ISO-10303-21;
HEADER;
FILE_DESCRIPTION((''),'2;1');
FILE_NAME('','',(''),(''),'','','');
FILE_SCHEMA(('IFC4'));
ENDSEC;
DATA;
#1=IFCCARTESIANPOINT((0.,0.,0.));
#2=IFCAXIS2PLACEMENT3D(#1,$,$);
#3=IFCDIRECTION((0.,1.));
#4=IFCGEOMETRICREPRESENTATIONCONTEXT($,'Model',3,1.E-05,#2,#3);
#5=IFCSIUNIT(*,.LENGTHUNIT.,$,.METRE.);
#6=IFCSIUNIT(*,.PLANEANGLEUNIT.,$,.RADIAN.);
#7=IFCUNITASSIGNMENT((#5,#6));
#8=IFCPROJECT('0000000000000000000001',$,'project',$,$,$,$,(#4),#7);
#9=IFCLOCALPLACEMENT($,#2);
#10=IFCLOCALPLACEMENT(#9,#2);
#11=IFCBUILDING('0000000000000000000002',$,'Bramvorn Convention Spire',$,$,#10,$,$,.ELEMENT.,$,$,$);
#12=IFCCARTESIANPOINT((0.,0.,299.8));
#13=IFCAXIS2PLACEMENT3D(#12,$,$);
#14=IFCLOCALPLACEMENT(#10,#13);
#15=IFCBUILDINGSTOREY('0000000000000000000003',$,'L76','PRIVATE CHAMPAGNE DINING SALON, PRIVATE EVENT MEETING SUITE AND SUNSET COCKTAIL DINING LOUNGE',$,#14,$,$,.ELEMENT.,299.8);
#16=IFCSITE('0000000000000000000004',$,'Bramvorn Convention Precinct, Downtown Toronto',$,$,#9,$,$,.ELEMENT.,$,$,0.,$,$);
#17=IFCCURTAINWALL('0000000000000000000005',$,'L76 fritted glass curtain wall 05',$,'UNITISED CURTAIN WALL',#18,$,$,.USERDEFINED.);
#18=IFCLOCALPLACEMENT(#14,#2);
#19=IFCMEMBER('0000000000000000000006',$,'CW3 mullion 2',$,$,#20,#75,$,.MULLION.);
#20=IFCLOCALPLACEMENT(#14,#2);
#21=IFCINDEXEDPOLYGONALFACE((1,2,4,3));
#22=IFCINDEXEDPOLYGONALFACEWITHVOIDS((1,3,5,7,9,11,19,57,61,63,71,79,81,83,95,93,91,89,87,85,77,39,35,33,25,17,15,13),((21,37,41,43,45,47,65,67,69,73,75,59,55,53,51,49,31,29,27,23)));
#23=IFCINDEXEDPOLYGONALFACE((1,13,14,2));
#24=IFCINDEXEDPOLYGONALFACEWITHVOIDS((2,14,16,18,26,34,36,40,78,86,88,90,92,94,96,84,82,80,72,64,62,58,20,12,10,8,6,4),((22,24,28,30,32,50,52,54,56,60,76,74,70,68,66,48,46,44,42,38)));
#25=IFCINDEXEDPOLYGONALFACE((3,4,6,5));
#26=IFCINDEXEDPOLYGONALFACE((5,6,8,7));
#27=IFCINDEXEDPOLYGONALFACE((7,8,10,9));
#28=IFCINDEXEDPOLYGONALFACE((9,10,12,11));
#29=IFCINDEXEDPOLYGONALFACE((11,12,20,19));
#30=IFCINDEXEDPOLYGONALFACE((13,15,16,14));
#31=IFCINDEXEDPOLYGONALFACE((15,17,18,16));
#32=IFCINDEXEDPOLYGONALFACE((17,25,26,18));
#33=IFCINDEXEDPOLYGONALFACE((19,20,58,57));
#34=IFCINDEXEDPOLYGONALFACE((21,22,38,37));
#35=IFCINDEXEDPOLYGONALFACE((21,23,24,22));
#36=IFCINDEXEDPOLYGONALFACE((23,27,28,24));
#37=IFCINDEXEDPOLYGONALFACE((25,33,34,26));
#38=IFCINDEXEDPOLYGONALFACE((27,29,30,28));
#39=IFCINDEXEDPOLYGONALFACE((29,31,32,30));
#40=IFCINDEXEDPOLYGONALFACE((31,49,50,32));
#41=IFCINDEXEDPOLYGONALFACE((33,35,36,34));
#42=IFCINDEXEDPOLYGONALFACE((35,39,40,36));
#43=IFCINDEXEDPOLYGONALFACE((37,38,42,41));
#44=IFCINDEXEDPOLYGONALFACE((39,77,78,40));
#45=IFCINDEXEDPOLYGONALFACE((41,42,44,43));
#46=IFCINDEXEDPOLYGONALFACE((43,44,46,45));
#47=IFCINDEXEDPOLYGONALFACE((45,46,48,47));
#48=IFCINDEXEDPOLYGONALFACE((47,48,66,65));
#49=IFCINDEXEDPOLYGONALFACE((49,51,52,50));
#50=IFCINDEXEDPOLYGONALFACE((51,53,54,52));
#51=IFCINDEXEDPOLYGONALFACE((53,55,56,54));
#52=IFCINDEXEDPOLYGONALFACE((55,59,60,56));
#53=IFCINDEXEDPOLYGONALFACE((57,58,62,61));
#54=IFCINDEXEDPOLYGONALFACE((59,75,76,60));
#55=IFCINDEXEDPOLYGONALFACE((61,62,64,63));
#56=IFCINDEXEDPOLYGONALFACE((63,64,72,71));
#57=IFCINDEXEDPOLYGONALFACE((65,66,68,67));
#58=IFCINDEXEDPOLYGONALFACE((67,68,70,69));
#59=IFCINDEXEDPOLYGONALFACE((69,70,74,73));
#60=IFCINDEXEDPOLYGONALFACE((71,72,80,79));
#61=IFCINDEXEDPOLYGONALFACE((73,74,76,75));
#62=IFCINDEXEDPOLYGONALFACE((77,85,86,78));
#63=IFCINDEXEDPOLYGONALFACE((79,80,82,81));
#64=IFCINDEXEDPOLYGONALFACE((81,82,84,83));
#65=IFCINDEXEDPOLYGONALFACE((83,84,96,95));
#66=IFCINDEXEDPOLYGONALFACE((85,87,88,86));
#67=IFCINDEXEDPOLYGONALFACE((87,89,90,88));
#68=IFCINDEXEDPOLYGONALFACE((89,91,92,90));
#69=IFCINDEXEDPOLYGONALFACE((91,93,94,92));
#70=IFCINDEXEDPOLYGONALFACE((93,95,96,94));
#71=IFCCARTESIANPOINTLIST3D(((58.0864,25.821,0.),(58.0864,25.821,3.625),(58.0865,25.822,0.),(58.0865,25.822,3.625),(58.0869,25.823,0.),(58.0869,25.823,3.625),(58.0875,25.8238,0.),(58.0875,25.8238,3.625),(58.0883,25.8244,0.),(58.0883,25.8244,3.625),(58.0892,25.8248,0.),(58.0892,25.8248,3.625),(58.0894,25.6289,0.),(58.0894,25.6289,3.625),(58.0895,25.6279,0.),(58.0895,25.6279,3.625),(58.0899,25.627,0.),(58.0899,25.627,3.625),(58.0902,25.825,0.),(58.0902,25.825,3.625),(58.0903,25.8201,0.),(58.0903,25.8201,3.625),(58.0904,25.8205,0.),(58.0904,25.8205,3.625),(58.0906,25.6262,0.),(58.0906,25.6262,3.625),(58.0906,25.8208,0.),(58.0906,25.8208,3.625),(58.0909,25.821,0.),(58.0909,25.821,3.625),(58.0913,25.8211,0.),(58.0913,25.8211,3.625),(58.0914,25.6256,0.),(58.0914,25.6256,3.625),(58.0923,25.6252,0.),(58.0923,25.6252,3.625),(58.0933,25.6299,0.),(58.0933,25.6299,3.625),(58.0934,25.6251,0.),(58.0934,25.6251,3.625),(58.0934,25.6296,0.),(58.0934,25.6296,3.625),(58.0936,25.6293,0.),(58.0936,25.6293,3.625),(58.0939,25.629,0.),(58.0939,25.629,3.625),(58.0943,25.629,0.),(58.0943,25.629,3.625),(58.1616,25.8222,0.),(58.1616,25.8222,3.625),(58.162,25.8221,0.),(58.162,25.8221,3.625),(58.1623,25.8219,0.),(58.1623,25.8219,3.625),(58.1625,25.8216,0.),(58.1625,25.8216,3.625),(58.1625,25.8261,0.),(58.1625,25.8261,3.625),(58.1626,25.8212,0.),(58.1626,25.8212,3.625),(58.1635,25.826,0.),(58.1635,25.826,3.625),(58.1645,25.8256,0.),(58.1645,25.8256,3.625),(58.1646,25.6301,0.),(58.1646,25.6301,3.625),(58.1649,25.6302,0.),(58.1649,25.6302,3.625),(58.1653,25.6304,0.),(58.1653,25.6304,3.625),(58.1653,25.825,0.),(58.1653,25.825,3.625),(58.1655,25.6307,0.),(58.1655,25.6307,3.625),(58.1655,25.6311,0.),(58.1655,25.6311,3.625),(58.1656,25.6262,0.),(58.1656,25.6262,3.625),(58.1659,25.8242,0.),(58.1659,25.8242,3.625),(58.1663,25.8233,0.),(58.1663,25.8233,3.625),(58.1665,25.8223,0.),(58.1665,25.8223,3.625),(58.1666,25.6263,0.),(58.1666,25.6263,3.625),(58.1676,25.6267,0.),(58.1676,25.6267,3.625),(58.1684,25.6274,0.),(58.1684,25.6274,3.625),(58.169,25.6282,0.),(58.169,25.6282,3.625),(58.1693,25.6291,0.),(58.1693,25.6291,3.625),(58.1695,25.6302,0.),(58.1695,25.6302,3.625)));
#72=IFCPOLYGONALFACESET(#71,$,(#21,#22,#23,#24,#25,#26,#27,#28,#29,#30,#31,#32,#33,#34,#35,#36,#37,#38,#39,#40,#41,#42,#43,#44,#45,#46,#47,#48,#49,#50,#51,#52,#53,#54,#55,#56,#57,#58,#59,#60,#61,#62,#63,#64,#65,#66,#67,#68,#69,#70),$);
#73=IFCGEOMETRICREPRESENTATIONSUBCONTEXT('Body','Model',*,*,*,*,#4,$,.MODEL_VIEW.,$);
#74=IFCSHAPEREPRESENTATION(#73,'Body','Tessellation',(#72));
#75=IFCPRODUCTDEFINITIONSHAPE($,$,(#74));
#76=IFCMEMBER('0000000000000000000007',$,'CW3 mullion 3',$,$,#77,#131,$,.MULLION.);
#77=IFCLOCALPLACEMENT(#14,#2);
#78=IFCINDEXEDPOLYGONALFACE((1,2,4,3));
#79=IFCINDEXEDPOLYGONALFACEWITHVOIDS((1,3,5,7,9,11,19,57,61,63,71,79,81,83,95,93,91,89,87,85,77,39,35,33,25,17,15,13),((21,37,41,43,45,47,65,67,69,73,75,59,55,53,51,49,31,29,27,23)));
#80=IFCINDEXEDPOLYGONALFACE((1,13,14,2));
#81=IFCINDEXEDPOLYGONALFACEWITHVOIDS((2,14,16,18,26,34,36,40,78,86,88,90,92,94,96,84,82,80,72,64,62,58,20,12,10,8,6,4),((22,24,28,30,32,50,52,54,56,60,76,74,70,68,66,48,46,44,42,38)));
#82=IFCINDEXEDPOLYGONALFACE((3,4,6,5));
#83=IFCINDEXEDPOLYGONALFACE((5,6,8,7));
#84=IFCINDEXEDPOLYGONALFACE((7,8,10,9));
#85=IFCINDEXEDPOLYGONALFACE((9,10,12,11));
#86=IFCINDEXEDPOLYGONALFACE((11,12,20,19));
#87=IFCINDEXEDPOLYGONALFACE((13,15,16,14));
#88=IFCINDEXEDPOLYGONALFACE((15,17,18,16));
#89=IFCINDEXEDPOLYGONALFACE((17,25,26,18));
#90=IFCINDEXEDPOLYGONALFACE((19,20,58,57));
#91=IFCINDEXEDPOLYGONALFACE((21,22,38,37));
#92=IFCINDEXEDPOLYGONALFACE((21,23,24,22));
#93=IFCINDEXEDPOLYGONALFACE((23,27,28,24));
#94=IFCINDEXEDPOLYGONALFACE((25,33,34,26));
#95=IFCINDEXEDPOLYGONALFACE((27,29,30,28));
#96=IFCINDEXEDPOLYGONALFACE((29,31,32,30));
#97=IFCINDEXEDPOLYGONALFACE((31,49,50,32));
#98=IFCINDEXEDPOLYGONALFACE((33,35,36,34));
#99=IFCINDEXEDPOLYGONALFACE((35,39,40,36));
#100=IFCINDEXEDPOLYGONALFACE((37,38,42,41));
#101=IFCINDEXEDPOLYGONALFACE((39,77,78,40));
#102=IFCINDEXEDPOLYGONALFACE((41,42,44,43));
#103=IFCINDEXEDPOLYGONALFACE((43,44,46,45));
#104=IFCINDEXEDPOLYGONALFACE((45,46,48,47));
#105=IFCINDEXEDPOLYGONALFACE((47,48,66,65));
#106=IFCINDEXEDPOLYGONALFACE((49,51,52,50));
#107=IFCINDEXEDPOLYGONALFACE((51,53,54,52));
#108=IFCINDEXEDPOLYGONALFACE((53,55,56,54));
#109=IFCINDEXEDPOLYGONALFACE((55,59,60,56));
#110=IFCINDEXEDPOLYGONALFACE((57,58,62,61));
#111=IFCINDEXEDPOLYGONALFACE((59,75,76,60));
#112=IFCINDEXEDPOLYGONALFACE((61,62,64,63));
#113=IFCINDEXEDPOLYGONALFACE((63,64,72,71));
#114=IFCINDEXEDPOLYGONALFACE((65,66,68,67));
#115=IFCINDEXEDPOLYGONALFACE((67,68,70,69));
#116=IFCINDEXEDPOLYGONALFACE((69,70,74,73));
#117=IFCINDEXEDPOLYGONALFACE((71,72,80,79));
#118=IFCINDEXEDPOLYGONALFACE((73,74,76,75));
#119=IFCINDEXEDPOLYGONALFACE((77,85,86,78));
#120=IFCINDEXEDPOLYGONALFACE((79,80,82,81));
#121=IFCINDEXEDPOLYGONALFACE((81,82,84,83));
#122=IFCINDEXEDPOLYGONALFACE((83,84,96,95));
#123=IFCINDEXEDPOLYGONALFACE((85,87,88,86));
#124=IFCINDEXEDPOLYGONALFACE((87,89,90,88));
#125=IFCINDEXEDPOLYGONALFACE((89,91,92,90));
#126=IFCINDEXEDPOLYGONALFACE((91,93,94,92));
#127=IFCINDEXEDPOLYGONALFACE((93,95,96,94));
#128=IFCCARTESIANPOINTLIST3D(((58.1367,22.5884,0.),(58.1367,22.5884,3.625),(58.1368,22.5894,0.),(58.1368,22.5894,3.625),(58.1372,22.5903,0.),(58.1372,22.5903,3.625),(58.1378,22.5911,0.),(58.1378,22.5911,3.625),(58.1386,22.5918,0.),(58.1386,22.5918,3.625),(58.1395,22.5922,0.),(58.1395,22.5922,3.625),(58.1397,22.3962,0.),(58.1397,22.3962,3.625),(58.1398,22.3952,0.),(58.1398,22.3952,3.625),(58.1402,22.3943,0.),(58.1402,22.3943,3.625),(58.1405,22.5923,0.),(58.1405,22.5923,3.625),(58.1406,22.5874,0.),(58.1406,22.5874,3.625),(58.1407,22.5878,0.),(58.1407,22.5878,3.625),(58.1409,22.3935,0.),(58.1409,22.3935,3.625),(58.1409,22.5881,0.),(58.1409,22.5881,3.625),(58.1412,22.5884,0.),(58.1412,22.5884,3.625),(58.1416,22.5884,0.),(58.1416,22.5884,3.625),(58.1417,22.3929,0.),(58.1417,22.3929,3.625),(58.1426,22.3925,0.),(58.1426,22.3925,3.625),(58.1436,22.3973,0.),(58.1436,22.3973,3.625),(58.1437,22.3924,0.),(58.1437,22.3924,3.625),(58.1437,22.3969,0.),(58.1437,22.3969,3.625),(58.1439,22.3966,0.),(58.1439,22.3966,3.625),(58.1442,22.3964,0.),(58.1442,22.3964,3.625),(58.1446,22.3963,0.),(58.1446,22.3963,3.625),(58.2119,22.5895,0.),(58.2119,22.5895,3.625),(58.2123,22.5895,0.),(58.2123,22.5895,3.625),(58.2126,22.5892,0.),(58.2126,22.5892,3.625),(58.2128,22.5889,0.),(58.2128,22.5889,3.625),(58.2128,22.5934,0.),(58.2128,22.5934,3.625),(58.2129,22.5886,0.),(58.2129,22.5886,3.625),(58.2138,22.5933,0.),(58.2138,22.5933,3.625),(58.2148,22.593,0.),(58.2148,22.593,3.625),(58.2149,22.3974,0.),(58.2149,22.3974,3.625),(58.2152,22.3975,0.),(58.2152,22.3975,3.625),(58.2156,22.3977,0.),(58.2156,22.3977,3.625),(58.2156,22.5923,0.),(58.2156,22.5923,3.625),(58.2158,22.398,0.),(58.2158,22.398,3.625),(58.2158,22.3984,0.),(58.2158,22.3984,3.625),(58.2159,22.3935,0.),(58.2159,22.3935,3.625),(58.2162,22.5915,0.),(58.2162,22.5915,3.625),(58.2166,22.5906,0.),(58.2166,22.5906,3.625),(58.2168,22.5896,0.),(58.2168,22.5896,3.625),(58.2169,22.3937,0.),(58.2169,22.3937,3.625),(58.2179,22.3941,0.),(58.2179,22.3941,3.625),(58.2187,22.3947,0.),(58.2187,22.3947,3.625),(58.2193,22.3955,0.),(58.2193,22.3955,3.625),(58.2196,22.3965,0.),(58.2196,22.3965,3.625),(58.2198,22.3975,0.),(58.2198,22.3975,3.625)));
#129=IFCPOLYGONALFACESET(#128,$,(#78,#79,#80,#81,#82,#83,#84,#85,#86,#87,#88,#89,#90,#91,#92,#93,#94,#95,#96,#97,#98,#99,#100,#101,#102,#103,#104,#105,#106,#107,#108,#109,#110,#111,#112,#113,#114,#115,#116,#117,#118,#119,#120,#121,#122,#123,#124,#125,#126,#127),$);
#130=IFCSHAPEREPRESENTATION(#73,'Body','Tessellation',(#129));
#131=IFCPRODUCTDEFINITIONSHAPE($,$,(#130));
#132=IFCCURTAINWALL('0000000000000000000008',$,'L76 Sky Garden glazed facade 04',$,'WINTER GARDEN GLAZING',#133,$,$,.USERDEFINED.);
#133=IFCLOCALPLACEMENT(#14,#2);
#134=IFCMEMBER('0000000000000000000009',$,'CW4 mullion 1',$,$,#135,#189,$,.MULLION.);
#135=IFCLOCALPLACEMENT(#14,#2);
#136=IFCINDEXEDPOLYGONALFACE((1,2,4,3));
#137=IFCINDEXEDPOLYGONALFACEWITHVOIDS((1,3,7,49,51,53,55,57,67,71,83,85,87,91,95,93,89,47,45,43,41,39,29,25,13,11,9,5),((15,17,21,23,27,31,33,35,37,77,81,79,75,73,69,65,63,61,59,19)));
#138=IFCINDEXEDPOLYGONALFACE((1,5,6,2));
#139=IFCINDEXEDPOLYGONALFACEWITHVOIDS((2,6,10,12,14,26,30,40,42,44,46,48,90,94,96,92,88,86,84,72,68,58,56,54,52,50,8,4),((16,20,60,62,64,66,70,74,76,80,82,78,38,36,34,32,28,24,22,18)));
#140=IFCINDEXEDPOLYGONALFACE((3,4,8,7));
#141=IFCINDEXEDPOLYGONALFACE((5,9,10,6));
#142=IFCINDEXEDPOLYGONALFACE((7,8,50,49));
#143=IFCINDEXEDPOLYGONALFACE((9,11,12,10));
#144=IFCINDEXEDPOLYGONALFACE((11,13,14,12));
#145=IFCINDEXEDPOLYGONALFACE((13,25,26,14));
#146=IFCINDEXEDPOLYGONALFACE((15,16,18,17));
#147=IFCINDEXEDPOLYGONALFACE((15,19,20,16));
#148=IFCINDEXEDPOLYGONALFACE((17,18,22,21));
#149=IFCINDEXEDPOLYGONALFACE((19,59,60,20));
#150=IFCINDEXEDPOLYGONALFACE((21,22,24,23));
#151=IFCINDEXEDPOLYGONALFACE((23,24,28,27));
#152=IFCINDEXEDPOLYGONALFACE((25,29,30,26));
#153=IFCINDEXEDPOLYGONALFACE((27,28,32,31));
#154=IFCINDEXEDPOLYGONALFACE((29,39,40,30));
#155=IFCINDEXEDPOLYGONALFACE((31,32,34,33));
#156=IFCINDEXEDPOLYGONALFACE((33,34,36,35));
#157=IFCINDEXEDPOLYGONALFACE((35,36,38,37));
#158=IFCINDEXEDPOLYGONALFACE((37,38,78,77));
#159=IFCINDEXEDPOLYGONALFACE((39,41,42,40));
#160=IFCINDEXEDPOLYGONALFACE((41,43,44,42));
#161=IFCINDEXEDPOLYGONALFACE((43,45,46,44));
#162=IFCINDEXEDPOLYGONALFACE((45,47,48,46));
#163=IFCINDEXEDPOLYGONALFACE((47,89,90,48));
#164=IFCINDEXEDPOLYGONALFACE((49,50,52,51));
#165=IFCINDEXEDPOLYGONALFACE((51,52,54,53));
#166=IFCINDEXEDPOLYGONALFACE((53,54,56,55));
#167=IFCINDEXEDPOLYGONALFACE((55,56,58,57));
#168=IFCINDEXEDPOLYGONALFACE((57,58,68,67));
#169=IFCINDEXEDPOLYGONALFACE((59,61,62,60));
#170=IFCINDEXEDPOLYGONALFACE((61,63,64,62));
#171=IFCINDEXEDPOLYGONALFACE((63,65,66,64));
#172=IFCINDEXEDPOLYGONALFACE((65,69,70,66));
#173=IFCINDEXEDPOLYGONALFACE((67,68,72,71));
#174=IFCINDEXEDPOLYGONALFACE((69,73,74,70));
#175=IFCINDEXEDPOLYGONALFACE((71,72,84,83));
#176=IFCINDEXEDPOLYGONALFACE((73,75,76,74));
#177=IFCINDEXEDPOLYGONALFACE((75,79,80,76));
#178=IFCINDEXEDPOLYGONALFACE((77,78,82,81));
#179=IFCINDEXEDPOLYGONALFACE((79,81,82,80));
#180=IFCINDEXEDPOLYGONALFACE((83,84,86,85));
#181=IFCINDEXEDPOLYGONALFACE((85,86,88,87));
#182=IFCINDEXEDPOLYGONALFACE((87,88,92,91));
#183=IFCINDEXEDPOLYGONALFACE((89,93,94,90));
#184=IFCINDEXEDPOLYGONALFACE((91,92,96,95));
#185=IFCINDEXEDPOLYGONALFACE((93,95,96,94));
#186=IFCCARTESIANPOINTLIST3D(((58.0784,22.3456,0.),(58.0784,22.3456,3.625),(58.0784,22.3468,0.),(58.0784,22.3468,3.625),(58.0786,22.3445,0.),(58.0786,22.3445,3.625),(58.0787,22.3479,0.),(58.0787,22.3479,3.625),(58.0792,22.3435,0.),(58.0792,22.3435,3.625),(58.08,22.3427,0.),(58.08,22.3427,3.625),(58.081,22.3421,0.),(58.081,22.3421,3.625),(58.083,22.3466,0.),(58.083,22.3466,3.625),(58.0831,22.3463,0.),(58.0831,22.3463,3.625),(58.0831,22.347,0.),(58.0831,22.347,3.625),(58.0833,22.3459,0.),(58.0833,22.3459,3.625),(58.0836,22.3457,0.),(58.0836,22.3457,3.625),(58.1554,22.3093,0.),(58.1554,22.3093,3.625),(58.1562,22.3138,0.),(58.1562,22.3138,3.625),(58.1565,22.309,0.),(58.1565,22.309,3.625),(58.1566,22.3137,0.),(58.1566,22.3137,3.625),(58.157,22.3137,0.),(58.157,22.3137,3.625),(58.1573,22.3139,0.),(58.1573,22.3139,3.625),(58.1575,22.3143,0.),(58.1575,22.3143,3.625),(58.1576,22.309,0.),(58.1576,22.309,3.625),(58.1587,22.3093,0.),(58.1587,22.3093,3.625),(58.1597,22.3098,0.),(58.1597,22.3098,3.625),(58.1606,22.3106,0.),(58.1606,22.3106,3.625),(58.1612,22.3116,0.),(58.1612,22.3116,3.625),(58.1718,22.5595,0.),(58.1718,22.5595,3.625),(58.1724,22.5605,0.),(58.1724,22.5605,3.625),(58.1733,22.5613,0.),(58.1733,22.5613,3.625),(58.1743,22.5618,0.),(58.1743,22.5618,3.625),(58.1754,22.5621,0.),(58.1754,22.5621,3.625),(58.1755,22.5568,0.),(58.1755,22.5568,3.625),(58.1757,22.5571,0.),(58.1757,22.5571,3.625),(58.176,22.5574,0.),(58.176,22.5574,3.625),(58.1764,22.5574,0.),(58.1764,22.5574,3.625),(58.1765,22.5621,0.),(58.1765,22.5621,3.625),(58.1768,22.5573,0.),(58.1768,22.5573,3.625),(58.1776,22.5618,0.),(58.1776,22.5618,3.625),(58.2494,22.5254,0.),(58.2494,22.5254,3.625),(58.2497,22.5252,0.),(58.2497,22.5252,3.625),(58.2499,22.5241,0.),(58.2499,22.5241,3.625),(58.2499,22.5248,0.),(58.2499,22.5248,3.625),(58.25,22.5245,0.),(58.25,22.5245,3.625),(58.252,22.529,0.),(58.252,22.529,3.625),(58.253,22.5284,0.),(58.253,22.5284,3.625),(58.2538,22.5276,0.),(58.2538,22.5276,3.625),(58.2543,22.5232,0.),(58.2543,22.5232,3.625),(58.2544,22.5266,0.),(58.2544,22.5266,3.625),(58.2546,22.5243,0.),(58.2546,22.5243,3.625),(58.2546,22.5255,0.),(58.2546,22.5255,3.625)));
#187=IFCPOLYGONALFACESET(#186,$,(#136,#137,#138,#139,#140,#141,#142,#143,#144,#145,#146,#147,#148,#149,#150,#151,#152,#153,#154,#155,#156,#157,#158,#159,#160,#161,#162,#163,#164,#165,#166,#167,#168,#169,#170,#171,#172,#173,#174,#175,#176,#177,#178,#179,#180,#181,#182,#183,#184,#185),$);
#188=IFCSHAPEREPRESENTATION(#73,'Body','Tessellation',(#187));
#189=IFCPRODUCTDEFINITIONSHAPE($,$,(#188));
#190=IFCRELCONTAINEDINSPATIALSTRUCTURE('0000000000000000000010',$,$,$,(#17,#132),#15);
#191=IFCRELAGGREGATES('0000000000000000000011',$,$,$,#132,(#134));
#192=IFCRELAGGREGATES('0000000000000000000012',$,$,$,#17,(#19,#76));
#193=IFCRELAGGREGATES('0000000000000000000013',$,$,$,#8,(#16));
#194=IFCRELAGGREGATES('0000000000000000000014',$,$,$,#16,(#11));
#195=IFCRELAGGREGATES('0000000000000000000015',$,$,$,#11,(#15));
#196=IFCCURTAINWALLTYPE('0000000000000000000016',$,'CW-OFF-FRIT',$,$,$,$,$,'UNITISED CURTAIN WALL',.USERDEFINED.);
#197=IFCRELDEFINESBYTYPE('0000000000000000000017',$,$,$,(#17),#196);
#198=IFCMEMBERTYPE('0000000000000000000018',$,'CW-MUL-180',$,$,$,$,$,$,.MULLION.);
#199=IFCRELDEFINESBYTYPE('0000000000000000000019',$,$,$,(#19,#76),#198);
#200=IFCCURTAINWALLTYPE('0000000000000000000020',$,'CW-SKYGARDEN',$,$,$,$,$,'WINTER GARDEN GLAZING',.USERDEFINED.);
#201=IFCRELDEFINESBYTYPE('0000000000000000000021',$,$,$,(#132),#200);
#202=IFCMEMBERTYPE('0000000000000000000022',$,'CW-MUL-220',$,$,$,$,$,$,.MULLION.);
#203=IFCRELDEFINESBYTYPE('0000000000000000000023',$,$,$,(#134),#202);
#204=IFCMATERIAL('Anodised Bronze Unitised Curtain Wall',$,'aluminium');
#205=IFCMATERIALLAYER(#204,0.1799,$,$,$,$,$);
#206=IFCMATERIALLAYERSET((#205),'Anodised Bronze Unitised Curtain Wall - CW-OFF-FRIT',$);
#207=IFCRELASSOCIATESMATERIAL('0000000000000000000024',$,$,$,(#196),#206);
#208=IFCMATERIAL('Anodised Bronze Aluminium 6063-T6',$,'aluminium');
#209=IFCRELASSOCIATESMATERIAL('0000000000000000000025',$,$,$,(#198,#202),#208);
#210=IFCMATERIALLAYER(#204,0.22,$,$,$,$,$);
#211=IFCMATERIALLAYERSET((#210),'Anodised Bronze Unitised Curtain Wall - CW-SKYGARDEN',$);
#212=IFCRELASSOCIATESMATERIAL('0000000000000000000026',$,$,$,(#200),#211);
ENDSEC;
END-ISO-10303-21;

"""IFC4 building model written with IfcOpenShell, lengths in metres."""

from ifc_helpers import new_model, si_unit, direction, frame, origin, origin_2d, place, context, subcontext, project, spatial, hollow_rectangle, extrude, material, layer, layer_set, material_profile, profile_set, type_object, element, aggregate, save


model = new_model("IFC4")

# Units and contexts
model_context = context("Model", 3, precision=1e-05, world=origin(), true_north=direction((0.0, 1.0)))
body_context = subcontext(model_context, "Body", "Model", "MODEL_VIEW")
ifc_project = project(units=[si_unit("LENGTHUNIT", "METRE"), si_unit("PLANEANGLEUNIT", "RADIAN")], contexts=[model_context])

# Site, building, storey
site_placement = place(None, origin())
site = spatial("IfcSite", under=ifc_project, at=site_placement, Name="Bramvorn Convention Precinct, Downtown Toronto", CompositionType="ELEMENT", RefElevation=0.0)
building_placement = place(site_placement, origin())
building = spatial("IfcBuilding", under=site, at=building_placement, Name="Bramvorn Convention Spire", CompositionType="ELEMENT")
storey_placement = place(building_placement, frame((0.0, 0.0, 299.8)))
storey = spatial("IfcBuildingStorey", under=building, at=storey_placement, Name="L76", Description="PRIVATE CHAMPAGNE DINING SALON, PRIVATE EVENT MEETING SUITE AND SUNSET COCKTAIL DINING LOUNGE", CompositionType="ELEMENT", Elevation=299.8)

# Curtain wall, members
ifc_material_1 = material(Name="Anodised Bronze Unitised Curtain Wall", Category="aluminium")
ifc_layer_1 = layer(ifc_material_1, 0.1799)
ifc_layer_set_1 = layer_set([ifc_layer_1], Name="Anodised Bronze Unitised Curtain Wall - CW-OFF-FRIT")
curtain_wall_type_1 = type_object("IfcCurtainWallType", Name="CW-OFF-FRIT", ElementType="UNITISED CURTAIN WALL", PredefinedType="USERDEFINED", material=ifc_layer_set_1)
curtain_wall_1_placement = place(storey_placement, origin())
curtain_wall_1 = element("IfcCurtainWall", 1, at=curtain_wall_1_placement, inside=storey, type_object=curtain_wall_type_1, Name="L76 fritted glass curtain wall 05", ObjectType="UNITISED CURTAIN WALL", PredefinedType="USERDEFINED")
ifc_material_2 = material(Name="Anodised Bronze Aluminium 6063-T6", Category="aluminium")
ifc_material_profile_1 = material_profile(ifc_material_2, hollow_rectangle(XDim=0.0801, YDim=0.2, WallThickness=0.0039, InnerFilletRadius=0.001, OuterFilletRadius=0.0039, at=origin_2d()))
ifc_profile_set_1 = profile_set([ifc_material_profile_1], Name="Anodised Bronze Aluminium 6063-T6 - CWM80X200")
member_type_1 = type_object("IfcMemberType", Name="CW-MUL-180", PredefinedType="MULLION", material=ifc_profile_set_1)
member_1_placement = place(storey_placement, frame((58.1279, 25.7256, 0.0), z_axis=(0.0, 0.0, 1.0), x_axis=(0.999879, 0.015568, 0.0)))
member_1 = element("IfcMember", 2, at=member_1_placement, type_object=member_type_1, Name="CW3 mullion 2", PredefinedType="MULLION", context=body_context, shape_type="SweptSolid", body=[
    extrude(hollow_rectangle(XDim=0.0801, YDim=0.2, WallThickness=0.0039, InnerFilletRadius=0.001, OuterFilletRadius=0.0039, at=origin_2d()), origin(), (0.0, 0.0, 1.0), 3.625),
])
member_2_placement = place(storey_placement, frame((58.1782, 22.4929, 0.0), z_axis=(0.0, 0.0, 1.0), x_axis=(0.999879, 0.015568, 0.0)))
member_2 = element("IfcMember", 3, at=member_2_placement, type_object=member_type_1, Name="CW3 mullion 3", PredefinedType="MULLION", context=body_context, shape_type="SweptSolid", body=[
    extrude(hollow_rectangle(XDim=0.0801, YDim=0.2, WallThickness=0.0039, InnerFilletRadius=0.001, OuterFilletRadius=0.0039, at=origin_2d()), origin(), (0.0, 0.0, 1.0), 3.625),
])

# Curtain wall, member
ifc_layer_2 = layer(ifc_material_1, 0.22)
ifc_layer_set_2 = layer_set([ifc_layer_2], Name="Anodised Bronze Unitised Curtain Wall - CW-SKYGARDEN")
curtain_wall_type_2 = type_object("IfcCurtainWallType", Name="CW-SKYGARDEN", ElementType="WINTER GARDEN GLAZING", PredefinedType="USERDEFINED", material=ifc_layer_set_2)
curtain_wall_2_placement = place(storey_placement, origin())
curtain_wall_2 = element("IfcCurtainWall", 4, at=curtain_wall_2_placement, inside=storey, type_object=curtain_wall_type_2, Name="L76 Sky Garden glazed facade 04", ObjectType="WINTER GARDEN GLAZING", PredefinedType="USERDEFINED")
ifc_material_profile_2 = material_profile(ifc_material_2, hollow_rectangle(XDim=0.0901, YDim=0.24, WallThickness=0.0044, InnerFilletRadius=0.001, OuterFilletRadius=0.0044, at=origin_2d()))
ifc_profile_set_2 = profile_set([ifc_material_profile_2], Name="Anodised Bronze Aluminium 6063-T6 - CWM90X240")
member_type_2 = type_object("IfcMemberType", Name="CW-MUL-220", PredefinedType="MULLION", material=ifc_profile_set_2)
member_3_placement = place(storey_placement, frame((58.1665, 22.4355, 0.0), z_axis=(0.0, 0.0, 1.0), x_axis=(0.915268, -0.402844, 0.0)))
member_3 = element("IfcMember", 5, at=member_3_placement, type_object=member_type_2, Name="CW4 mullion 1", PredefinedType="MULLION", context=body_context, shape_type="SweptSolid", body=[
    extrude(hollow_rectangle(XDim=0.0901, YDim=0.24, WallThickness=0.0044, InnerFilletRadius=0.001, OuterFilletRadius=0.0044, at=origin_2d()), origin(), (0.0, 0.0, 1.0), 3.625),
])

aggregate(curtain_wall_2, [member_3])

aggregate(curtain_wall_1, [member_1, member_2])

save(model, "model.ifc")
